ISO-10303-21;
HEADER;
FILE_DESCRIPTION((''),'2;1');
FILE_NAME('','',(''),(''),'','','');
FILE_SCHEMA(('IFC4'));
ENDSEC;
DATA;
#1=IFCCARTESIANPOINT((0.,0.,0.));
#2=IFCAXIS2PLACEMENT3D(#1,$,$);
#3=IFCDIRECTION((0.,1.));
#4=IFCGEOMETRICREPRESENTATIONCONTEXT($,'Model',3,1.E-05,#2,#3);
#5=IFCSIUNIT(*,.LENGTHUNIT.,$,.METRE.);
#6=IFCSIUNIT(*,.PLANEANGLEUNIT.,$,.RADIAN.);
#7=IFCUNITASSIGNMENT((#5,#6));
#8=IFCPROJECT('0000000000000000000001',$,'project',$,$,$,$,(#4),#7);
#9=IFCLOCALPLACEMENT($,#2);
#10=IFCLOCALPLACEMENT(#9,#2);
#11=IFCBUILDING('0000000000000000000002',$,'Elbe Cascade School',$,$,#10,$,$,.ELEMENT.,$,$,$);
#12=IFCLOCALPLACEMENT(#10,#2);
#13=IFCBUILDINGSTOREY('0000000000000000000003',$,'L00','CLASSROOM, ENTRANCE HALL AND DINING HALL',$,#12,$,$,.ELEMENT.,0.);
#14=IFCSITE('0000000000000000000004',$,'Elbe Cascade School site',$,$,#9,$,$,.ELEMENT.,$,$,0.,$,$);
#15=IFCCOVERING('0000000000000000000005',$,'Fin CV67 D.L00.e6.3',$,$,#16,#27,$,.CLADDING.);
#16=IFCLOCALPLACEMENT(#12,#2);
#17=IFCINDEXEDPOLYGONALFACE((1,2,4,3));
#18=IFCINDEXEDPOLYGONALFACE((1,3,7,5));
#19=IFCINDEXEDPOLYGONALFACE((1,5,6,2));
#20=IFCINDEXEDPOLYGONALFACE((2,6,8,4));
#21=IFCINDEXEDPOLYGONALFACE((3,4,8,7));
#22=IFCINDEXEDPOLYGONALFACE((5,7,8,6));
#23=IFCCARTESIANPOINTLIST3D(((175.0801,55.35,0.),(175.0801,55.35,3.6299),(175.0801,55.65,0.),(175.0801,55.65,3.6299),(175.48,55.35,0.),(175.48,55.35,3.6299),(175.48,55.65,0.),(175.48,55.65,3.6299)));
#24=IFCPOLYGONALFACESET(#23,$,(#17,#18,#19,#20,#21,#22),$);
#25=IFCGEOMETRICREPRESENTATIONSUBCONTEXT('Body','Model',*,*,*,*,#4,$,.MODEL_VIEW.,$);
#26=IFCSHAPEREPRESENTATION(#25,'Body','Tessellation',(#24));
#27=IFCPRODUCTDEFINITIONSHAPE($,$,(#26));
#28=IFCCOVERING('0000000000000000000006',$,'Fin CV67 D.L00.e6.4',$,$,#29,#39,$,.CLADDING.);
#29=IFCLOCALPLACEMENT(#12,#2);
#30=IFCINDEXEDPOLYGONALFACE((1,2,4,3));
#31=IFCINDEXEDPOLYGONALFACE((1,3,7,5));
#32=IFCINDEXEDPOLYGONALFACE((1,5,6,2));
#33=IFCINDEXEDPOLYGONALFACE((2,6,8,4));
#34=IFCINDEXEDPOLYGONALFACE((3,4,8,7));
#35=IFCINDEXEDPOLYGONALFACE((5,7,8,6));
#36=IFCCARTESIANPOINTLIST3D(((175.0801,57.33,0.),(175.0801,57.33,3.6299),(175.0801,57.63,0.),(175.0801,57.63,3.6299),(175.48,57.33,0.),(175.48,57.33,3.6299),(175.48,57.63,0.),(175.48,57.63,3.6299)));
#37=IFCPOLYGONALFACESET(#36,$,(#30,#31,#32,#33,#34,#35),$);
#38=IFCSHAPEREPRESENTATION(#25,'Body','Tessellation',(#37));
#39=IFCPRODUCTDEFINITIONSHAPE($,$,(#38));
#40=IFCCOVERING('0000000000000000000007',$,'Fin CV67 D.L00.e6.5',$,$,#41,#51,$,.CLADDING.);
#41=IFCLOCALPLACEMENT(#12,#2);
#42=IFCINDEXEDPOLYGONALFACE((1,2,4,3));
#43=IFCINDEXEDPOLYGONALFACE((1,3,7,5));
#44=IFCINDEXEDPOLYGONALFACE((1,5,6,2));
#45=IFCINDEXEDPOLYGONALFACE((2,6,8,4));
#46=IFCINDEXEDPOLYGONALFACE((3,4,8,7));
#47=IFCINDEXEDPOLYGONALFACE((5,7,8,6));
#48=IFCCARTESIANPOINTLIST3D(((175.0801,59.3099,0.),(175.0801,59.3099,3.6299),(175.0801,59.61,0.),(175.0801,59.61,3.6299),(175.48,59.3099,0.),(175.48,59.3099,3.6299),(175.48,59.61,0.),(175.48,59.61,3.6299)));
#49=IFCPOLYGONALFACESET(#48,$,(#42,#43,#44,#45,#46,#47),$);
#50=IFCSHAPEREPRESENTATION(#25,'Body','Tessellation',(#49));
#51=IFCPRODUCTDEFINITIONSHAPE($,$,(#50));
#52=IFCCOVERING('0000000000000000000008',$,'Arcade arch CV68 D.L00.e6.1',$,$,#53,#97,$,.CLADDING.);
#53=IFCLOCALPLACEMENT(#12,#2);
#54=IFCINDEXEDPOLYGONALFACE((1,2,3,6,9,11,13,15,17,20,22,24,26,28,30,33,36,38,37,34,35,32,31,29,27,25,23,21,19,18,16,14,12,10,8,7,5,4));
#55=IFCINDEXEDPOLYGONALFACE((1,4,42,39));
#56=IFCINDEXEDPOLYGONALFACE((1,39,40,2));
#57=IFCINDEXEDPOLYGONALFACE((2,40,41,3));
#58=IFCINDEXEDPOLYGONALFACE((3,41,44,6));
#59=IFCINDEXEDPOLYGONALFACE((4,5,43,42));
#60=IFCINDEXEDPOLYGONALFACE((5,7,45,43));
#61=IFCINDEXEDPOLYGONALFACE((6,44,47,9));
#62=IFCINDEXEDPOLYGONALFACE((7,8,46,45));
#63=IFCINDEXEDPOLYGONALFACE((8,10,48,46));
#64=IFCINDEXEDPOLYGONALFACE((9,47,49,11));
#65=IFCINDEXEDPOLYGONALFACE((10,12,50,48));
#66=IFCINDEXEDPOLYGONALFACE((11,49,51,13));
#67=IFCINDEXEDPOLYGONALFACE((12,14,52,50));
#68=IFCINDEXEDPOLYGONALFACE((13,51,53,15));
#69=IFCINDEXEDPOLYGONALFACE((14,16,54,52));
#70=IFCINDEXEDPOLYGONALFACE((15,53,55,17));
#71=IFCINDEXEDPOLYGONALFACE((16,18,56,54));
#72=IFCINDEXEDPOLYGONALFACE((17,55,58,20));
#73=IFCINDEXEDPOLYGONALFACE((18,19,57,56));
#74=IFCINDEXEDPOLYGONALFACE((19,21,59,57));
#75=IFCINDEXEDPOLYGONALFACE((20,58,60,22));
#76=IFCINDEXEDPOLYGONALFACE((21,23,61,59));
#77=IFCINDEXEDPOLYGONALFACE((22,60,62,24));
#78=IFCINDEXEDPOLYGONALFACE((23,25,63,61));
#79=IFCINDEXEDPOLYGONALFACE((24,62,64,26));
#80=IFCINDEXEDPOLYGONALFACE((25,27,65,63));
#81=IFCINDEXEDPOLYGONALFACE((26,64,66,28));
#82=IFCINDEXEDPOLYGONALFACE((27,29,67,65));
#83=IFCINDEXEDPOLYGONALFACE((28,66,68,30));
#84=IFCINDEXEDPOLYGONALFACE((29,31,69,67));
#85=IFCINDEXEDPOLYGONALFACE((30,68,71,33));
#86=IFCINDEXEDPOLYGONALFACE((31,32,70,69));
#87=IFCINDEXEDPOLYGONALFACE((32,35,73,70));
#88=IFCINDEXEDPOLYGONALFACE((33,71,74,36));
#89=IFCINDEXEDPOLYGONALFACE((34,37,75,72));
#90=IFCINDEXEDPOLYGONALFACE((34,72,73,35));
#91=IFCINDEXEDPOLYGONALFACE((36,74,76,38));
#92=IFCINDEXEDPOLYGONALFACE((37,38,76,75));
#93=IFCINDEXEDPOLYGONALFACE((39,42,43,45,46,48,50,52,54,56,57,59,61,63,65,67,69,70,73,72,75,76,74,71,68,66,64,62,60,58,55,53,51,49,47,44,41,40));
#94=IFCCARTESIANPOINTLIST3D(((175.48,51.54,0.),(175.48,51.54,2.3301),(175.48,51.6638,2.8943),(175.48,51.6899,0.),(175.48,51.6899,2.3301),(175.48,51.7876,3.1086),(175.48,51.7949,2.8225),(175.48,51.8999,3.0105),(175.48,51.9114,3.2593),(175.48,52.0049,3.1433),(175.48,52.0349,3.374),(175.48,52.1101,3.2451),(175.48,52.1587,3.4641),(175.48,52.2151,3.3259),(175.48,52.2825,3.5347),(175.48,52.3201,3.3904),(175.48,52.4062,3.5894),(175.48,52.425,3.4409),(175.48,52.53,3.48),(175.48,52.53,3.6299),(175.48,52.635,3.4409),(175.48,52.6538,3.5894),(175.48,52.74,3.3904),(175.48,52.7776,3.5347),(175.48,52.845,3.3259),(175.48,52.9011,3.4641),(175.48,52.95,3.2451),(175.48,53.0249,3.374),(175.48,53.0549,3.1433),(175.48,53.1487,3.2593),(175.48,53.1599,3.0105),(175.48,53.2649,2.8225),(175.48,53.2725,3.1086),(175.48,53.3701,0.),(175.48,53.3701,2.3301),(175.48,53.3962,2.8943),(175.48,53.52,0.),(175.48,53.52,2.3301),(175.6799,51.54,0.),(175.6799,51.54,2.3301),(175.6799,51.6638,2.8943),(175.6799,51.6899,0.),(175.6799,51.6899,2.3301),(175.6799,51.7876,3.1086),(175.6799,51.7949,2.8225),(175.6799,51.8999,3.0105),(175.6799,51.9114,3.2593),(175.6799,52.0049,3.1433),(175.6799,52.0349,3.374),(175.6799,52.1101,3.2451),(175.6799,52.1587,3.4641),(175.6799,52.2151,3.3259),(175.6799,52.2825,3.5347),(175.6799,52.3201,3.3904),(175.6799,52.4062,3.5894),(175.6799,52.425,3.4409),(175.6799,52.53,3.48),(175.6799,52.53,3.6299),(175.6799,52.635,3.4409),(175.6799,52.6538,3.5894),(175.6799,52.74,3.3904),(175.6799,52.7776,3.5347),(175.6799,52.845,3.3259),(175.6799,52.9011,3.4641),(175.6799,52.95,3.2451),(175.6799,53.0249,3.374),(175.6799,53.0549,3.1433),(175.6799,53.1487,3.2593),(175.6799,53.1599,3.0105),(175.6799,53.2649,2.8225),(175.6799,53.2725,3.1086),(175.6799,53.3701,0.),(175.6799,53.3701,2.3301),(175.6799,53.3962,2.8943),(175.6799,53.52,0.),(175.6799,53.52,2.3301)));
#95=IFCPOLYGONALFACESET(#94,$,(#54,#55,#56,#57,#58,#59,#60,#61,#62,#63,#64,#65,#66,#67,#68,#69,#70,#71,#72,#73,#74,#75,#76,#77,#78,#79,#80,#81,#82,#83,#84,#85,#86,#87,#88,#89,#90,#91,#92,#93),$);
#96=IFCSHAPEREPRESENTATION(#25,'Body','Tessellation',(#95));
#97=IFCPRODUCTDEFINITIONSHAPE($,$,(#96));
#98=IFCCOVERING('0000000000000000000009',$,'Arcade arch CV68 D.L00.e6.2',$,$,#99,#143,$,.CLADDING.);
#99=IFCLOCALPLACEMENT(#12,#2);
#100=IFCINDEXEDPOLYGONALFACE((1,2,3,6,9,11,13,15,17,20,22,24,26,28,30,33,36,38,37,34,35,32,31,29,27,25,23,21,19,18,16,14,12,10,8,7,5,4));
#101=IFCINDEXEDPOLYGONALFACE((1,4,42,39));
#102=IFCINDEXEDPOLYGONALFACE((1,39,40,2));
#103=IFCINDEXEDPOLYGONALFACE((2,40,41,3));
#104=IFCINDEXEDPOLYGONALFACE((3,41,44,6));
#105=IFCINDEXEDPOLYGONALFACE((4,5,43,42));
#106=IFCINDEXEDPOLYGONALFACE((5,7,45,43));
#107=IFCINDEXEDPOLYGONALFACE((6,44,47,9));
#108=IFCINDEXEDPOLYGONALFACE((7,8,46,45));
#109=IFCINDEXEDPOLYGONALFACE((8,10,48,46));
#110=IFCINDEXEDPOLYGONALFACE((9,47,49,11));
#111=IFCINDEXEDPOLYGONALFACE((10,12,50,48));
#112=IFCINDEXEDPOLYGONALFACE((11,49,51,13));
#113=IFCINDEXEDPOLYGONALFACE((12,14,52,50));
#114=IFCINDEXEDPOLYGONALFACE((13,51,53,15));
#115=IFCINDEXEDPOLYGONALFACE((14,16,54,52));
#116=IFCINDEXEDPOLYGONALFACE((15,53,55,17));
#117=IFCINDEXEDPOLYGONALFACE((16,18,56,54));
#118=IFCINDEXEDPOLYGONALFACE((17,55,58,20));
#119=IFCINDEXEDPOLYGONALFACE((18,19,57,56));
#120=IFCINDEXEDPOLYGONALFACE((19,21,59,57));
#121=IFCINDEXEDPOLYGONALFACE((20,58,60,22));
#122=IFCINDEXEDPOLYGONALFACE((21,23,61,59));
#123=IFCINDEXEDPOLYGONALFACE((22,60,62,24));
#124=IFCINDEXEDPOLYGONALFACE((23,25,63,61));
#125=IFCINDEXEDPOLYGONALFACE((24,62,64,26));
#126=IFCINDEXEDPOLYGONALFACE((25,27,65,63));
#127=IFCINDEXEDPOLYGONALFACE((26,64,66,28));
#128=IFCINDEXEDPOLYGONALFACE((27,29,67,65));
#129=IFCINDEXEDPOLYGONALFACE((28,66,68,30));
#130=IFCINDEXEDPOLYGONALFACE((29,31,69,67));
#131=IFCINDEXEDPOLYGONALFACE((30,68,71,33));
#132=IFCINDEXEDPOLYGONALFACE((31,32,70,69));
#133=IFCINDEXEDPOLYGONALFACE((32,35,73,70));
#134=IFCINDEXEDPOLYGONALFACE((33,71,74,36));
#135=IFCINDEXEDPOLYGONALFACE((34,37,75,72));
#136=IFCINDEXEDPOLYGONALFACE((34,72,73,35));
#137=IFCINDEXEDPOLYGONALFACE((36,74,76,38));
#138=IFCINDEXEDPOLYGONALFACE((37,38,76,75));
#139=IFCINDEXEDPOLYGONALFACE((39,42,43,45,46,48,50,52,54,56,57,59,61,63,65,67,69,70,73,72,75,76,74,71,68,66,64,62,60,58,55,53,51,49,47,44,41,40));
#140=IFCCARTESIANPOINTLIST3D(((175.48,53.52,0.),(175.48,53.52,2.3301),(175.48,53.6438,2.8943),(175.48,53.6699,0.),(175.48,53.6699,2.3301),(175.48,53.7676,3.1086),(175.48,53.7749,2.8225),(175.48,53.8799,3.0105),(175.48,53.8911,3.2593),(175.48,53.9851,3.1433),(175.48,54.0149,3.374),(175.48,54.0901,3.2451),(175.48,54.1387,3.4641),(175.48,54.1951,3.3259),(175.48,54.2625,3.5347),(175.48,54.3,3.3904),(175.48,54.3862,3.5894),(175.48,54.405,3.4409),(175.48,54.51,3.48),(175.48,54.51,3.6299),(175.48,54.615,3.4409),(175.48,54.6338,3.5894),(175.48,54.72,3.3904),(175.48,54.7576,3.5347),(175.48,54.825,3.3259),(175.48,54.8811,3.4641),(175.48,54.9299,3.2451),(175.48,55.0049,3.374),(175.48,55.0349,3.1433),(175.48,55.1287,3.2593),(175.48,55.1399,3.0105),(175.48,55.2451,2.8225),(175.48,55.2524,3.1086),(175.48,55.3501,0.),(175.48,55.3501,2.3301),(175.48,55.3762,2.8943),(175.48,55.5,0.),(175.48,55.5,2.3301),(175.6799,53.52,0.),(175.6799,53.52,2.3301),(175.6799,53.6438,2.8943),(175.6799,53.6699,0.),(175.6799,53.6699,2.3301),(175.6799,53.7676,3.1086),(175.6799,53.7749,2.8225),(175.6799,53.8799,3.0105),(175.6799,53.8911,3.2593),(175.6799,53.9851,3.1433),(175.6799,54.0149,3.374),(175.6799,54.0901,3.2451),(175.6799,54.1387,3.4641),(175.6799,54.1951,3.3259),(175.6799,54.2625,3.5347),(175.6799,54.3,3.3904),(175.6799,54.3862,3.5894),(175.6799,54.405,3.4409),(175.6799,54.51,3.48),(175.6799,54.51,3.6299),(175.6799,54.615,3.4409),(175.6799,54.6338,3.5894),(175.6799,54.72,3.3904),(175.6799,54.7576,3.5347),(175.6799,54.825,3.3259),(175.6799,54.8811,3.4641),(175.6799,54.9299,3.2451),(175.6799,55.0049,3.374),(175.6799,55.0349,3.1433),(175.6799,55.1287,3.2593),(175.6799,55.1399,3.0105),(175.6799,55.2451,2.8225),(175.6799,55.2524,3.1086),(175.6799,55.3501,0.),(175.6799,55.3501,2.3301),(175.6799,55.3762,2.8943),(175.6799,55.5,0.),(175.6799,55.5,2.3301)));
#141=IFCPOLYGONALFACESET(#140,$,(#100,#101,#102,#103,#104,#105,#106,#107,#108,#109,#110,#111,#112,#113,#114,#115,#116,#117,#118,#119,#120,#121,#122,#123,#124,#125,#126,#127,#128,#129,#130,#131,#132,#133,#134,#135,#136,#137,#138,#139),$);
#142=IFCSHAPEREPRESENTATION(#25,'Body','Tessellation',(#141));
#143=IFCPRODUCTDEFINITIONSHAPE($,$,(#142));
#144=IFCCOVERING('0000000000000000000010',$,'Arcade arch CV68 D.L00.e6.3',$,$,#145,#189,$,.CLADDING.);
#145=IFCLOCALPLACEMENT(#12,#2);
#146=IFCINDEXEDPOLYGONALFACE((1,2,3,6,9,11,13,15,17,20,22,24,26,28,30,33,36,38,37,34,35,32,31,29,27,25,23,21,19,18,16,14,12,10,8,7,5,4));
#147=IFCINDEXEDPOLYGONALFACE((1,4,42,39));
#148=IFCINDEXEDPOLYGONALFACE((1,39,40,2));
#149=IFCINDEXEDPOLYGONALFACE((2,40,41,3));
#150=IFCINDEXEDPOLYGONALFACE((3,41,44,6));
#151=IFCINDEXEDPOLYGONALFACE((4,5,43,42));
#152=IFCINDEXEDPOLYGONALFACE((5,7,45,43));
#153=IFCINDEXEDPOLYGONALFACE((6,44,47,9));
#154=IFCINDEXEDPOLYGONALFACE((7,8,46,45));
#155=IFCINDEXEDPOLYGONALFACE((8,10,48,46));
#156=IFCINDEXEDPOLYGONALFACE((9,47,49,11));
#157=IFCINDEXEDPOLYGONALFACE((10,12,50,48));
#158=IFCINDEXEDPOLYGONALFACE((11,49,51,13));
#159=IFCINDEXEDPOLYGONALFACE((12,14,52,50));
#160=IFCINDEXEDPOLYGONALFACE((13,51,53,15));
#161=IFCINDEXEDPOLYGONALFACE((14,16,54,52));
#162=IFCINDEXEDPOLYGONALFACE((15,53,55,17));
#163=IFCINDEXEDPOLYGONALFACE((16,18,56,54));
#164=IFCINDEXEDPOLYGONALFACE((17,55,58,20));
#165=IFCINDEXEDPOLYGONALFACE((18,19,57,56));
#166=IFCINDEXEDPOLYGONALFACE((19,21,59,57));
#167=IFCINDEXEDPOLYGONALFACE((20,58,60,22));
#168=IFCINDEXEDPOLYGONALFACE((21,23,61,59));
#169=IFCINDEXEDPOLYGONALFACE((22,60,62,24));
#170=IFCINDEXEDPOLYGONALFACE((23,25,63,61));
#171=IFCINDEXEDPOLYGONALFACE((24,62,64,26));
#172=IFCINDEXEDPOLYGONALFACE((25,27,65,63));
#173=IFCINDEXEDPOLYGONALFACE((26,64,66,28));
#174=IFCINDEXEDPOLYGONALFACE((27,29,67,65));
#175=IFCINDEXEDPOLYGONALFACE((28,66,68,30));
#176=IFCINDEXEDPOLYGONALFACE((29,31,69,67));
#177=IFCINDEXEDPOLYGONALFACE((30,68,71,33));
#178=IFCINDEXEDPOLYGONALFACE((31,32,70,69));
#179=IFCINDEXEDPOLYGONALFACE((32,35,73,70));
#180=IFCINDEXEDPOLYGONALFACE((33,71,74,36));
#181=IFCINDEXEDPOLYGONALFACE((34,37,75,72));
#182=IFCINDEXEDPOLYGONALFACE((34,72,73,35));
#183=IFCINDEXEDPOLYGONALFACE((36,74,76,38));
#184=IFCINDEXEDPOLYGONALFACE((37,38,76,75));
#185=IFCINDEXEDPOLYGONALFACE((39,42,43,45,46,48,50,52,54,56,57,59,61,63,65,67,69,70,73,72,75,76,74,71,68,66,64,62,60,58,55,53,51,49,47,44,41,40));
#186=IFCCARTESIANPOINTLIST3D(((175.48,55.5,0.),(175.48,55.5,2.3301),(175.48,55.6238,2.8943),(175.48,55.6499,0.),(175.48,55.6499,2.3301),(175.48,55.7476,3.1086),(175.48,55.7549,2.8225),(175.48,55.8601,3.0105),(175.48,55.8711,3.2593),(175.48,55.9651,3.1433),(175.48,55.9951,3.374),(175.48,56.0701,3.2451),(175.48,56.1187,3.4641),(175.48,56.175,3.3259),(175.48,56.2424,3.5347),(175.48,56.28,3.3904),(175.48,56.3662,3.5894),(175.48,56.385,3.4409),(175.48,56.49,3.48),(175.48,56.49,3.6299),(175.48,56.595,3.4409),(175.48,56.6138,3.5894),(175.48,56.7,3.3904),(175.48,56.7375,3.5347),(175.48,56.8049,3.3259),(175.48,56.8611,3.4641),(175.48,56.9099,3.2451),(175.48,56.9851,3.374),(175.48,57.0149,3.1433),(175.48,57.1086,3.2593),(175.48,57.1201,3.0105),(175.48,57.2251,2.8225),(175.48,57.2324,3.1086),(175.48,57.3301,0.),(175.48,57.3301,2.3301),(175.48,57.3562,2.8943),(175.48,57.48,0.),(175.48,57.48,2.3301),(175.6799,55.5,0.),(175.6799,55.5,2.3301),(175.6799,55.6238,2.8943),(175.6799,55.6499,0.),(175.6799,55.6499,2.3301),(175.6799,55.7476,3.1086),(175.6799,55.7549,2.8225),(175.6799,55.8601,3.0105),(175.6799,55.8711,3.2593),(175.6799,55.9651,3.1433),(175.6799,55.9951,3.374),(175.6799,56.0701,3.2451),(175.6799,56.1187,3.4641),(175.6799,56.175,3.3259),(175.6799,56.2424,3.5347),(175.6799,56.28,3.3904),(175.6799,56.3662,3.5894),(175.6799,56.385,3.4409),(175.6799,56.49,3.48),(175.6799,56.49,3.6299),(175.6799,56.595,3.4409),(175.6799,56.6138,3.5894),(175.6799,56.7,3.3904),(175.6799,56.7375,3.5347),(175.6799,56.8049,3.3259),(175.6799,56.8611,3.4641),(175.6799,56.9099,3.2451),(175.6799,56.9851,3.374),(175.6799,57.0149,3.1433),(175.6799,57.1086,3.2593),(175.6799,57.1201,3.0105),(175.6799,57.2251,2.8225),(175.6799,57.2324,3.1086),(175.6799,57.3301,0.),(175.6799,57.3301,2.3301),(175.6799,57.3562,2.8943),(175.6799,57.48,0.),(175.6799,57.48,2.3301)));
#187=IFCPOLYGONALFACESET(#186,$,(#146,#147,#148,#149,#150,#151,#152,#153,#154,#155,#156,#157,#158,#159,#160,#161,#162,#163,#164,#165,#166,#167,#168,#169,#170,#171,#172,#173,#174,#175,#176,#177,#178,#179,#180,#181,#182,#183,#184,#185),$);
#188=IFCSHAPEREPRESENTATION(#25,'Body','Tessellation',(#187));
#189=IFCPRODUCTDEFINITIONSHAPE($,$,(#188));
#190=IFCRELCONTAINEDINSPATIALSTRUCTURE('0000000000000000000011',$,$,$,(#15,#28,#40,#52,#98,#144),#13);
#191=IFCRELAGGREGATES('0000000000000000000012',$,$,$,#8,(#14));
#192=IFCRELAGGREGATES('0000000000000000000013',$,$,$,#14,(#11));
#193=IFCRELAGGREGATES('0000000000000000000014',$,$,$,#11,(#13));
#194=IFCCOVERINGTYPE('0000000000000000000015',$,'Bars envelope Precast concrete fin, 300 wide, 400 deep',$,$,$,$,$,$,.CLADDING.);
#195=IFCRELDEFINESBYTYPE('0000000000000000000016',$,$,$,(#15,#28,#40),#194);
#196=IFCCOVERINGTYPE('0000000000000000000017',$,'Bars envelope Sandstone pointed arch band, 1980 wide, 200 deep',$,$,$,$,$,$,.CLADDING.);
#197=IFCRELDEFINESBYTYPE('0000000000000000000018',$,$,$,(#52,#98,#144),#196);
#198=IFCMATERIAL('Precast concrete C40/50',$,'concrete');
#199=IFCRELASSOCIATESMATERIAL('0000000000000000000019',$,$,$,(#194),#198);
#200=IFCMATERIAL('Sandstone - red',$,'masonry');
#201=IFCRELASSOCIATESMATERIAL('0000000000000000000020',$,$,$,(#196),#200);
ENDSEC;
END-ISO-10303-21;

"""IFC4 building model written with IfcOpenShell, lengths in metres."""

from ifc_helpers import new_model, si_unit, direction, frame, origin, origin_2d, place, context, subcontext, project, spatial, polyline, rectangle, outline, extrude, material, type_object, element, save


model = new_model("IFC4")

# Units and contexts
model_context = context("Model", 3, precision=1e-05, world=origin(), true_north=direction((0.0, 1.0)))
body_context = subcontext(model_context, "Body", "Model", "MODEL_VIEW")
ifc_project = project(units=[si_unit("LENGTHUNIT", "METRE"), si_unit("PLANEANGLEUNIT", "RADIAN")], contexts=[model_context])

# Site, building, storey
site_placement = place(None, origin())
site = spatial("IfcSite", under=ifc_project, at=site_placement, Name="Elbe Cascade School site", CompositionType="ELEMENT", RefElevation=0.0)
building_placement = place(site_placement, origin())
building = spatial("IfcBuilding", under=site, at=building_placement, Name="Elbe Cascade School", CompositionType="ELEMENT")
storey_placement = place(building_placement, origin())
storey = spatial("IfcBuildingStorey", under=building, at=storey_placement, Name="L00", Description="CLASSROOM, ENTRANCE HALL AND DINING HALL", CompositionType="ELEMENT", Elevation=0.0)

# Coverings
ifc_material_1 = material(Name="Precast concrete C40/50", Category="concrete")
covering_type_1 = type_object("IfcCoveringType", Name="Bars envelope Precast concrete fin, 300 wide, 400 deep", PredefinedType="CLADDING", material=ifc_material_1)
for number, where, z_axis, x_axis, name in (
    (1, (175.28, 55.5, 0.0), (0.0, 0.0, 1.0), (0.0, 1.0, 0.0), "Fin CV67 D.L00.e6.3"),
    (2, (175.28, 57.48, 0.0), (0.0, 0.0, 1.0), (0.0, 1.0, 0.0), "Fin CV67 D.L00.e6.4"),
    (3, (175.28, 59.46, 0.0), (0.0, 0.0, 1.0), (0.0, 1.0, 0.0), "Fin CV67 D.L00.e6.5"),
):
    element("IfcCovering", number, at=place(storey_placement, frame(where, z_axis=z_axis, x_axis=x_axis)), inside=storey, type_object=covering_type_1, Name=name, PredefinedType="CLADDING", context=body_context, shape_type="SweptSolid", body=[
        extrude(rectangle(XDim=0.3, YDim=0.3999, at=origin_2d()), origin(), (0.0, 0.0, 1.0), 3.6299),
    ])
ifc_material_2 = material(Name="Sandstone - red", Category="masonry")
covering_type_2 = type_object("IfcCoveringType", Name="Bars envelope Sandstone pointed arch band, 1980 wide, 200 deep", PredefinedType="CLADDING", material=ifc_material_2)
covering_1_placement = place(storey_placement, frame((175.6799, 51.6899, 0.0), z_axis=(1.0, 0.0, 0.0), x_axis=(0.0, 0.0, 1.0)))
element("IfcCovering", 4, at=covering_1_placement, inside=storey, type_object=covering_type_2, Name="Arcade arch CV68 D.L00.e6.1", PredefinedType="CLADDING", context=body_context, shape_type="SweptSolid", body=[
    extrude(outline(polyline([(0.0, 0.0), (2.3301, 0.0), (2.8225, -0.105), (3.0105, -0.21), (3.1433, -0.3149), (3.2451, -0.4202), (3.3259, -0.5251), (3.3904, -0.6301), (3.4409, -0.7351), (3.48, -0.8401), (3.4409, -0.9451), (3.3904, -1.05), (3.3259, -1.155), (3.2451, -1.26), (3.1433, -1.365), (3.0105, -1.47), (2.8225, -1.575), (2.3301, -1.6802), (0.0, -1.6802), (0.0, -1.8301), (2.3301, -1.8301), (2.8943, -1.7063), (3.1086, -1.5825), (3.2593, -1.4587), (3.374, -1.335), (3.4641, -1.2112), (3.5347, -1.0876), (3.5894, -0.9639), (3.6299, -0.8401), (3.5894, -0.7163), (3.5347, -0.5925), (3.4641, -0.4688), (3.374, -0.345), (3.2593, -0.2214), (3.1086, -0.0977), (2.8943, 0.0261), (2.3301, 0.1499), (0.0, 0.1499), (0.0, 0.0)])), origin(), (0.0, 0.0, -1.0), 0.2),
])
covering_2_placement = place(storey_placement, frame((175.6799, 53.6699, 0.0), z_axis=(1.0, 0.0, 0.0), x_axis=(0.0, 0.0, 1.0)))
element("IfcCovering", 5, at=covering_2_placement, inside=storey, type_object=covering_type_2, Name="Arcade arch CV68 D.L00.e6.2", PredefinedType="CLADDING", context=body_context, shape_type="SweptSolid", body=[
    extrude(outline(polyline([(0.0, 0.0), (2.3301, 0.0), (2.8225, -0.105), (3.0105, -0.21), (3.1433, -0.3152), (3.2451, -0.4202), (3.3259, -0.5251), (3.3904, -0.6301), (3.4409, -0.7351), (3.48, -0.8401), (3.4409, -0.9451), (3.3904, -1.05), (3.3259, -1.155), (3.2451, -1.26), (3.1433, -1.365), (3.0105, -1.47), (2.8225, -1.5752), (2.3301, -1.6802), (0.0, -1.6802), (0.0, -1.8301), (2.3301, -1.8301), (2.8943, -1.7063), (3.1086, -1.5825), (3.2593, -1.4587), (3.374, -1.335), (3.4641, -1.2112), (3.5347, -1.0876), (3.5894, -0.9639), (3.6299, -0.8401), (3.5894, -0.7163), (3.5347, -0.5925), (3.4641, -0.4688), (3.374, -0.345), (3.2593, -0.2212), (3.1086, -0.0977), (2.8943, 0.0261), (2.3301, 0.1499), (0.0, 0.1499), (0.0, 0.0)])), origin(), (0.0, 0.0, -1.0), 0.2),
])
covering_3_placement = place(storey_placement, frame((175.6799, 55.6499, 0.0), z_axis=(1.0, 0.0, 0.0), x_axis=(0.0, 0.0, 1.0)))
element("IfcCovering", 6, at=covering_3_placement, inside=storey, type_object=covering_type_2, Name="Arcade arch CV68 D.L00.e6.3", PredefinedType="CLADDING", context=body_context, shape_type="SweptSolid", body=[
    extrude(outline(polyline([(0.0, 0.0), (2.3301, 0.0), (2.8225, -0.105), (3.0105, -0.2102), (3.1433, -0.3152), (3.2451, -0.4202), (3.3259, -0.5251), (3.3904, -0.6301), (3.4409, -0.7351), (3.48, -0.8401), (3.4409, -0.9451), (3.3904, -1.05), (3.3259, -1.155), (3.2451, -1.26), (3.1433, -1.365), (3.0105, -1.4702), (2.8225, -1.5752), (2.3301, -1.6802), (0.0, -1.6802), (0.0, -1.8301), (2.3301, -1.8301), (2.8943, -1.7063), (3.1086, -1.5825), (3.2593, -1.4587), (3.374, -1.3352), (3.4641, -1.2112), (3.5347, -1.0876), (3.5894, -0.9639), (3.6299, -0.8401), (3.5894, -0.7163), (3.5347, -0.5925), (3.4641, -0.4688), (3.374, -0.3452), (3.2593, -0.2212), (3.1086, -0.0977), (2.8943, 0.0261), (2.3301, 0.1499), (0.0, 0.1499), (0.0, 0.0)])), origin(), (0.0, 0.0, -1.0), 0.2),
])

save(model, "model.ifc")
